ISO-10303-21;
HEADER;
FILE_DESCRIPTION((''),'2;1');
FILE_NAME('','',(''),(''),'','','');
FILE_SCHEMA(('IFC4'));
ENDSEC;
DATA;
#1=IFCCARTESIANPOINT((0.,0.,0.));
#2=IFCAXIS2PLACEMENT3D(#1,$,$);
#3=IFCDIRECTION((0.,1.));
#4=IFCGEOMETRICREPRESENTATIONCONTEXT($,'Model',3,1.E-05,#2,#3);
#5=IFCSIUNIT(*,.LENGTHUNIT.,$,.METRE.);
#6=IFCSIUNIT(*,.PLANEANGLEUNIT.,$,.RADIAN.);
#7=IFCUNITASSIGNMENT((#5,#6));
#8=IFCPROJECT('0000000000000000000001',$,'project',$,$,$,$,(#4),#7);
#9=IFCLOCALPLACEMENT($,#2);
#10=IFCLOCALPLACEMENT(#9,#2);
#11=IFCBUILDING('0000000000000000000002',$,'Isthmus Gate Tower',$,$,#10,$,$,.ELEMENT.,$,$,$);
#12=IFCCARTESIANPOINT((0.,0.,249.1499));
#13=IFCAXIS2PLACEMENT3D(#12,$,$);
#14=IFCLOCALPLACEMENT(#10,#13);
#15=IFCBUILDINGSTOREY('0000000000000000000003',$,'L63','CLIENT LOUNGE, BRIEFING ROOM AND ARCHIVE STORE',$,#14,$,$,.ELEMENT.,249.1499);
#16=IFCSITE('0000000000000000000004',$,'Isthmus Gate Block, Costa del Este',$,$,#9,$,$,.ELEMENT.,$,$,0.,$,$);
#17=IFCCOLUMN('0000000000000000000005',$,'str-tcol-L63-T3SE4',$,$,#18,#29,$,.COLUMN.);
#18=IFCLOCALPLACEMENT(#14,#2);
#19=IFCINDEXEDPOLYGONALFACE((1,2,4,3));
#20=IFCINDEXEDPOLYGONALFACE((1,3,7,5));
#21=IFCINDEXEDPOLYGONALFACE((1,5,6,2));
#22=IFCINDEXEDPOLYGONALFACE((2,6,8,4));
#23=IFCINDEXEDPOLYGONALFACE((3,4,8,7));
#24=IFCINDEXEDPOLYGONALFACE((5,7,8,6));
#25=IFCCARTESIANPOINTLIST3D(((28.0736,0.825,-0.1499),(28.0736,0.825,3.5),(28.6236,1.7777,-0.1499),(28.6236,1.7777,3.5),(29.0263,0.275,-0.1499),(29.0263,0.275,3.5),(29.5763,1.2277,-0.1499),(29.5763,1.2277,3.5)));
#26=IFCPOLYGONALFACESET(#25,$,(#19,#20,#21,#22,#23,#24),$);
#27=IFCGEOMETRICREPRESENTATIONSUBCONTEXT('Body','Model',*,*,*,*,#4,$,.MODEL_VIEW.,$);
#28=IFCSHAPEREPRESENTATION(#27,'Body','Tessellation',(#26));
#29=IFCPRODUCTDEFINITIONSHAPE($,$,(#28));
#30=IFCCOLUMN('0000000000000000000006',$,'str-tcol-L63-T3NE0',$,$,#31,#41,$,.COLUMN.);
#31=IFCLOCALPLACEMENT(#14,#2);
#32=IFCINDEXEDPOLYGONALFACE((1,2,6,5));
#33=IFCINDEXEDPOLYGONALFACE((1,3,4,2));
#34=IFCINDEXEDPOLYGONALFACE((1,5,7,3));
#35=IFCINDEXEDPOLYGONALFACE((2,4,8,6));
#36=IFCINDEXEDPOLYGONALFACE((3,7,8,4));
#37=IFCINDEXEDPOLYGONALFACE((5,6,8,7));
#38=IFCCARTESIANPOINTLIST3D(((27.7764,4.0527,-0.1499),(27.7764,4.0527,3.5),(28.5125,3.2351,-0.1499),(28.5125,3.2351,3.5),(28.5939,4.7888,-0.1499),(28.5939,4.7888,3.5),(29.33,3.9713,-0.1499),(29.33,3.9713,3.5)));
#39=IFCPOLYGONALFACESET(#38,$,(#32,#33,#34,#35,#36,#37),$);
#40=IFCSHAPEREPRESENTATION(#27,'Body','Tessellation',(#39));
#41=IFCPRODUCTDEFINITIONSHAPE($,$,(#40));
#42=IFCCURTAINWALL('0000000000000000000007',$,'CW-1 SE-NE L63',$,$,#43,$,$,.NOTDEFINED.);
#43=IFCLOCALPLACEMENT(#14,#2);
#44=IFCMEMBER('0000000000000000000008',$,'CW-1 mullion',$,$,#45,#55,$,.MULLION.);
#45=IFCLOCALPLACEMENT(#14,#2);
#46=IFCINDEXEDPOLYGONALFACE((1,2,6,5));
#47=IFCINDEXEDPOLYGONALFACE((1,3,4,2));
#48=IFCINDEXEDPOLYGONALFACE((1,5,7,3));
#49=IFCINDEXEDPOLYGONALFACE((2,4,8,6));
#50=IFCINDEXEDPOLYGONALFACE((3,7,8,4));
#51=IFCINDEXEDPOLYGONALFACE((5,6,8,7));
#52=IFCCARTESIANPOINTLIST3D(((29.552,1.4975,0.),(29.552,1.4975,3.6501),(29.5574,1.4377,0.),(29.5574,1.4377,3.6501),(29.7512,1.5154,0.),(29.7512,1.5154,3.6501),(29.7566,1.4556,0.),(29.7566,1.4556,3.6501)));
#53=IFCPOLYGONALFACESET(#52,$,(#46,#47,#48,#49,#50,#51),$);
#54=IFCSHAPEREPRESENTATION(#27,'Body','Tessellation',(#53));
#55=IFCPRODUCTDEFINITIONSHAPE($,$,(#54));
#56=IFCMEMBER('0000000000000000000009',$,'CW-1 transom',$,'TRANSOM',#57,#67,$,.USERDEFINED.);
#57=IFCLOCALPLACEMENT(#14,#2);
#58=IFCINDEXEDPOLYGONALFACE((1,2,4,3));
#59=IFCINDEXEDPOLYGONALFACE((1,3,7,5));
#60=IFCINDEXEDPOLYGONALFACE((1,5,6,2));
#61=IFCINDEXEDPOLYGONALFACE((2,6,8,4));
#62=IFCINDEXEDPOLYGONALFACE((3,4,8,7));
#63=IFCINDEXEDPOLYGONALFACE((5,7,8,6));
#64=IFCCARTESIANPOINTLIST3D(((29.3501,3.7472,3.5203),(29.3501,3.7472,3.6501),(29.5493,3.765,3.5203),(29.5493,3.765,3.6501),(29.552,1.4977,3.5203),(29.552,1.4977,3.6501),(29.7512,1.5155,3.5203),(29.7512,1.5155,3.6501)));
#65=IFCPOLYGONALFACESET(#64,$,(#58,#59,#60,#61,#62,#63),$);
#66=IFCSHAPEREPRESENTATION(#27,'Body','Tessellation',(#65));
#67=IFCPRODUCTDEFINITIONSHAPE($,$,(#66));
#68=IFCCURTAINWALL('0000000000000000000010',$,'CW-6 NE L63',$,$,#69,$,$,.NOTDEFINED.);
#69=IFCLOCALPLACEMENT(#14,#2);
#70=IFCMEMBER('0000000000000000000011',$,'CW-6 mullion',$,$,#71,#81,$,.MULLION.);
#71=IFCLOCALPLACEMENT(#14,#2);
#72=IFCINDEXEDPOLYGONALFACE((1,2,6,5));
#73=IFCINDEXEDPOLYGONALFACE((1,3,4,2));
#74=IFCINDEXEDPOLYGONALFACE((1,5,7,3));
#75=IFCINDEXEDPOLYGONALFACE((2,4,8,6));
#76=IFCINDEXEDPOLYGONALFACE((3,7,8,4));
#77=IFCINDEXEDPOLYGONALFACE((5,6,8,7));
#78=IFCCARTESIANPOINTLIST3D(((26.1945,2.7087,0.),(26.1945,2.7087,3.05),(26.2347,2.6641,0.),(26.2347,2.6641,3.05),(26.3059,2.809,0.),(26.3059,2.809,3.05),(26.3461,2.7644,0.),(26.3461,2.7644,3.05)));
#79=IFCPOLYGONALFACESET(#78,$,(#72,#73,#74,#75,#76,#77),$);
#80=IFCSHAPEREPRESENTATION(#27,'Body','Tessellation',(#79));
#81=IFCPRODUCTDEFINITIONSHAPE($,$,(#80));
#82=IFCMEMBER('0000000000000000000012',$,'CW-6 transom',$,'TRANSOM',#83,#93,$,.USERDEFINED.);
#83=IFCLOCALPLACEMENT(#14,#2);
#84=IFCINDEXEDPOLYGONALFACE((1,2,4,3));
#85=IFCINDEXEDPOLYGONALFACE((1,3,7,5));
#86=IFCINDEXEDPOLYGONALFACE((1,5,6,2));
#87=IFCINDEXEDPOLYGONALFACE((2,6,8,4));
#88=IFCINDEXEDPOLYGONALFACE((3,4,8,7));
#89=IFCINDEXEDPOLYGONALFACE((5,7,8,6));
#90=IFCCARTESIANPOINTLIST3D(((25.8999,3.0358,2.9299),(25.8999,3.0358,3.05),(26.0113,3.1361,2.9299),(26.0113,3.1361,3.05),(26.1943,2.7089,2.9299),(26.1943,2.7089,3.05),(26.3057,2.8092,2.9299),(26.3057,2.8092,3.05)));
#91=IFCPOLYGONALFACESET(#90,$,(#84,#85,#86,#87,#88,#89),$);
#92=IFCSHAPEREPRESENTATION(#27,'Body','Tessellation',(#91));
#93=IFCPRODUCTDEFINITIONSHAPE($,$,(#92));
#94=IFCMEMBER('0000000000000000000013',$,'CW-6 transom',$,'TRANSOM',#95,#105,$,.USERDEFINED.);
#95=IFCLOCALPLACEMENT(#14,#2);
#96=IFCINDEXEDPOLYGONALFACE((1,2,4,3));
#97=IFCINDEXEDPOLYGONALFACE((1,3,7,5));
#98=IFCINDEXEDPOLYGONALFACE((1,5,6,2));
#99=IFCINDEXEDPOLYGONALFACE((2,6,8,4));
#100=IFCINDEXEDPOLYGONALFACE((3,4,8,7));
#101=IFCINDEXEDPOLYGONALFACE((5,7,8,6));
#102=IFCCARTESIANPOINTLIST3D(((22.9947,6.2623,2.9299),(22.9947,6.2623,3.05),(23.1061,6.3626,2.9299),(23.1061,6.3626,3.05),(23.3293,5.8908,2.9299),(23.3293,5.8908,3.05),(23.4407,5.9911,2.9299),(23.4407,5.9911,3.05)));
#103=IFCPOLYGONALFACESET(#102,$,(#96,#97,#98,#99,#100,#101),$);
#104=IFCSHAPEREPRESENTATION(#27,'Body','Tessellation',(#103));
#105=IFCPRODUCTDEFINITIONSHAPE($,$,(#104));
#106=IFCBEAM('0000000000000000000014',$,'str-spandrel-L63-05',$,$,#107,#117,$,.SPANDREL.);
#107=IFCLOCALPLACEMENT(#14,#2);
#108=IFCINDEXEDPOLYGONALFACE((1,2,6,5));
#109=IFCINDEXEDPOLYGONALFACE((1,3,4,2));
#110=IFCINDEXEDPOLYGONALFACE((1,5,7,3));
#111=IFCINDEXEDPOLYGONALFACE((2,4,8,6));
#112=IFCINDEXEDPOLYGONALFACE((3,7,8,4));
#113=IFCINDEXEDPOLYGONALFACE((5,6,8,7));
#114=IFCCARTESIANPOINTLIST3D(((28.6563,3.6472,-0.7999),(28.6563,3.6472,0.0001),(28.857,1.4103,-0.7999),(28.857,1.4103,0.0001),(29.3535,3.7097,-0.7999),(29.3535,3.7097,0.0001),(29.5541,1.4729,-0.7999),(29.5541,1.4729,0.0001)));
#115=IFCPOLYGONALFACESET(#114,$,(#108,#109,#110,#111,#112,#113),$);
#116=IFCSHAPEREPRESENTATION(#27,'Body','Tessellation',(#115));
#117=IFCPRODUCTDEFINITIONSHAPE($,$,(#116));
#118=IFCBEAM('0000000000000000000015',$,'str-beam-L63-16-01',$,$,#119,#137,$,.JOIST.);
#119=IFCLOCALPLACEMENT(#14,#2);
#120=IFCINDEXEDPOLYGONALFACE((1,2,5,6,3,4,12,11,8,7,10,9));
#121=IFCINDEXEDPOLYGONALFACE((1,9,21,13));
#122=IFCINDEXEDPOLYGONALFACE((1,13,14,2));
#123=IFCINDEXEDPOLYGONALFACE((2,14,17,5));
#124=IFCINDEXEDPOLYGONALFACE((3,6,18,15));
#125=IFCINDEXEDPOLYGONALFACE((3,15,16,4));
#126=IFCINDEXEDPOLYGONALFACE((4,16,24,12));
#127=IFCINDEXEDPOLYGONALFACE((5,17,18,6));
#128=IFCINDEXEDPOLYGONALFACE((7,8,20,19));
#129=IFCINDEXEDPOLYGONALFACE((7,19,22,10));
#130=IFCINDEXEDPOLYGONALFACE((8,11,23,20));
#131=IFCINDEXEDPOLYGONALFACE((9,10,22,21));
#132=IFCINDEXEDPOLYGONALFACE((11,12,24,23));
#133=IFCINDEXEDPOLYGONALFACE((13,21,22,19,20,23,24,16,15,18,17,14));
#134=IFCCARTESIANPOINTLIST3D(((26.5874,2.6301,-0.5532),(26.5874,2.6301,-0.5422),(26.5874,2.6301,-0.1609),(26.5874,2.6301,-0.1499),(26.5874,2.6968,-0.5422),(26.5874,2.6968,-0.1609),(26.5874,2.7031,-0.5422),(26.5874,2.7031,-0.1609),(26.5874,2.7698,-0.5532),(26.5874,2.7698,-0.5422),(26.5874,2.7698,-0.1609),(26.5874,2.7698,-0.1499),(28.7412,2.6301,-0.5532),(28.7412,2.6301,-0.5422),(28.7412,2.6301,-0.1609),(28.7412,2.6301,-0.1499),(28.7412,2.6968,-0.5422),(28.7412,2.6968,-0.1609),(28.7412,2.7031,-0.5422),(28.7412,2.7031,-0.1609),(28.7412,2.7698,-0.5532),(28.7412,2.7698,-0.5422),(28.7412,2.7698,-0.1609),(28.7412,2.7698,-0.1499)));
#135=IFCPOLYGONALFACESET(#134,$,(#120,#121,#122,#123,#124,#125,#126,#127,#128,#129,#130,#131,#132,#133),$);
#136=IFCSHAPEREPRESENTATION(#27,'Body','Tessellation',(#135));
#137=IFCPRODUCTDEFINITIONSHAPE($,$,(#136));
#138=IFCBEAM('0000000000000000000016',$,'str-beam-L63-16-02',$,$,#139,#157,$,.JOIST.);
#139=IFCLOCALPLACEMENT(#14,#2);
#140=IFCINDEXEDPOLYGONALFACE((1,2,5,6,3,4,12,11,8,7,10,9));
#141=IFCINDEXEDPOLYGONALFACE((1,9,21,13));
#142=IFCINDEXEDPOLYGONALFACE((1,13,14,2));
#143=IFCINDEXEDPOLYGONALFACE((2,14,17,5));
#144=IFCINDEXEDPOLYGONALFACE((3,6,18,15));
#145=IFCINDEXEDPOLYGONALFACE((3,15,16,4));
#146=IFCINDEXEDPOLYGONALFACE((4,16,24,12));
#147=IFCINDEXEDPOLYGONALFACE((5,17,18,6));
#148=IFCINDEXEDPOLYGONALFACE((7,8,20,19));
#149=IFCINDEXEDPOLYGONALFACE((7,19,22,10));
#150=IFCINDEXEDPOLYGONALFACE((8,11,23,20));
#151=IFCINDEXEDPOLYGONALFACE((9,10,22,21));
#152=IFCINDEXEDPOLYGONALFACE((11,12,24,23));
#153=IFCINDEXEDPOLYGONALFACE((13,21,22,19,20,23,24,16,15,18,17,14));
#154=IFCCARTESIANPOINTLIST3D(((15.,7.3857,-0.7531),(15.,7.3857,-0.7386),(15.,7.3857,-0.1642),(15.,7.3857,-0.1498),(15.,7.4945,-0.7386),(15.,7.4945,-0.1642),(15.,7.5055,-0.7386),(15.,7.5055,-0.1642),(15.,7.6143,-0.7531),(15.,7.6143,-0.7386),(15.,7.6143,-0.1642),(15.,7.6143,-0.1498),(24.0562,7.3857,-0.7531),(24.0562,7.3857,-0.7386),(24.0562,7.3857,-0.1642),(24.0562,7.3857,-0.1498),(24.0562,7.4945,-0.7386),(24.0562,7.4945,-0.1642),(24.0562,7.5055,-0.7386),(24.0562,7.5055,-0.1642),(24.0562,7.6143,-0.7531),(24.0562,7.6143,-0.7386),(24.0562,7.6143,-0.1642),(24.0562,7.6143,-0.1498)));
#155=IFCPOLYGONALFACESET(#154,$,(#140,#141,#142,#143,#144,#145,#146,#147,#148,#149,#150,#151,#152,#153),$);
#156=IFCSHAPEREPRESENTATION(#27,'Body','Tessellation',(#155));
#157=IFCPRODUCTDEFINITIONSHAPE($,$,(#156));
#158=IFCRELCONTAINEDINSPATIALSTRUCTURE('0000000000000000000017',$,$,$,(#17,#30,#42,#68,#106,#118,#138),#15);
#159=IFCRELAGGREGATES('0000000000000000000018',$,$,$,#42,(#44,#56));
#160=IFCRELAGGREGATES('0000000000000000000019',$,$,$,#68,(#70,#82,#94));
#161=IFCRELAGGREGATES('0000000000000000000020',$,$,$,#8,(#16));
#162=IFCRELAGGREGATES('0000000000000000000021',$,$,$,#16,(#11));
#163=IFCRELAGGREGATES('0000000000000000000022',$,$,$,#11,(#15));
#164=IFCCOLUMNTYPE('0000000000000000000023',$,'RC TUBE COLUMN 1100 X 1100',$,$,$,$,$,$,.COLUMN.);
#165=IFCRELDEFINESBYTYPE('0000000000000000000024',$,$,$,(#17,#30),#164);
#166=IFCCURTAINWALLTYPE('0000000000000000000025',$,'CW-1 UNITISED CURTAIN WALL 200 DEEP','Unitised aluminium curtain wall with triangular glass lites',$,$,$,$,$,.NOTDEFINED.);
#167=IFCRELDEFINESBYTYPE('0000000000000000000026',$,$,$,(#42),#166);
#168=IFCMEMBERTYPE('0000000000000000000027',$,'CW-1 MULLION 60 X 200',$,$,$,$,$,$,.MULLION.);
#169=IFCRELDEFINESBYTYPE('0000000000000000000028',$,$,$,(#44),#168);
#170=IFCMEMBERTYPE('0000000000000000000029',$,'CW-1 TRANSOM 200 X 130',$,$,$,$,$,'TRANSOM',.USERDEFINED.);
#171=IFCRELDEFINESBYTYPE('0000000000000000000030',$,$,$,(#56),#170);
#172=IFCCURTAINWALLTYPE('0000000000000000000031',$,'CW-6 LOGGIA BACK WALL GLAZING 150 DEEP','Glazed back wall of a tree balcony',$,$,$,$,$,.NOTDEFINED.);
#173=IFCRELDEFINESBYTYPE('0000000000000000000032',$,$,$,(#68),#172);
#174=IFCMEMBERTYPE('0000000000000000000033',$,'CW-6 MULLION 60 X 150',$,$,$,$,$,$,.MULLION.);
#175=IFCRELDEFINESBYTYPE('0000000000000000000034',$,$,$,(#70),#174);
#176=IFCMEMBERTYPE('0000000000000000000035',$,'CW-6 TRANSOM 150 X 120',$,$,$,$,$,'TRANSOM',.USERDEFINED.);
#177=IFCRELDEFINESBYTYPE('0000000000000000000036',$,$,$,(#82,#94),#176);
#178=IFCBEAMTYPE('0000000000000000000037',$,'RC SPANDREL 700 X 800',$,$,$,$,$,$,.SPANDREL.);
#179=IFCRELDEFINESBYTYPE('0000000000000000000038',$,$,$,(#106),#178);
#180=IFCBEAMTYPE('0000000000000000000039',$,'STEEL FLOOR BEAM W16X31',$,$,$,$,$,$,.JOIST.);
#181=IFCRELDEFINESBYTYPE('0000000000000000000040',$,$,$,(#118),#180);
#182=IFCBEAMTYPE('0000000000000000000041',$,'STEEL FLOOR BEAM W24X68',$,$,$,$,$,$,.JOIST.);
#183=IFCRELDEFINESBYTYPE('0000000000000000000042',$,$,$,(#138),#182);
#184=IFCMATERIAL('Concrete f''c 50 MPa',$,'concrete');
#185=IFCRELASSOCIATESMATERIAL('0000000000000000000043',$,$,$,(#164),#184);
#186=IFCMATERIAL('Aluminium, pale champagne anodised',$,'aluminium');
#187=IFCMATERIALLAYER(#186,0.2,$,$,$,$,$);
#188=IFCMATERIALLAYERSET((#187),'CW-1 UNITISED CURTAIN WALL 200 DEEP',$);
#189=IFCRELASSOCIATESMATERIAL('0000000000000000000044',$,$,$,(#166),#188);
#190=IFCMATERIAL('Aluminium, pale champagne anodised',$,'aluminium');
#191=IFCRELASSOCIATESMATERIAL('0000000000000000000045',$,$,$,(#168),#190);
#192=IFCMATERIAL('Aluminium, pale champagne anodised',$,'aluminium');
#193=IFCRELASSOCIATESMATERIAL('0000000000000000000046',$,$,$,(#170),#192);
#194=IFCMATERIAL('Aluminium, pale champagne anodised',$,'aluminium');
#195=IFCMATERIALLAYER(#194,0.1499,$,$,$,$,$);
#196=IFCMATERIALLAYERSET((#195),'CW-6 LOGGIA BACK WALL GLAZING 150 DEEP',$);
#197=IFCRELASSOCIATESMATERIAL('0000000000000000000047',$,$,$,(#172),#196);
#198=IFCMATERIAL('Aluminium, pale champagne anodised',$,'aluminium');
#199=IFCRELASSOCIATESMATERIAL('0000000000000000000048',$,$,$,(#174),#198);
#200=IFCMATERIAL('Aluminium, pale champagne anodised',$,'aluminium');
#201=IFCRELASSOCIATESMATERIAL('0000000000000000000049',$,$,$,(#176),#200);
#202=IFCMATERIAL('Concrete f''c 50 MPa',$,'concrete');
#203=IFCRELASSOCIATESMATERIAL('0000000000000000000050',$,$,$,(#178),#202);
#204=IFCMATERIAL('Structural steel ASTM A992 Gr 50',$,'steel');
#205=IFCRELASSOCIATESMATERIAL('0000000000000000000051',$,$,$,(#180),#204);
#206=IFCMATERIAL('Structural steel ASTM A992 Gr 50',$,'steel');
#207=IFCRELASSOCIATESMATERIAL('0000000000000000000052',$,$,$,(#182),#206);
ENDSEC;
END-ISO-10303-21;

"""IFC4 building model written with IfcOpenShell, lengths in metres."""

from ifc_helpers import new_model, si_unit, direction, frame, origin, origin_2d, place, context, subcontext, project, spatial, rectangle, i_section, extrude, material, layer, layer_set, material_profile, profile_set, type_object, element, aggregate, save


model = new_model("IFC4")

# Units and contexts
model_context = context("Model", 3, precision=1e-05, world=origin(), true_north=direction((0.0, 1.0)))
body_context = subcontext(model_context, "Body", "Model", "MODEL_VIEW")
ifc_project = project(units=[si_unit("LENGTHUNIT", "METRE"), si_unit("PLANEANGLEUNIT", "RADIAN")], contexts=[model_context])

# Site, building, storey
site_placement = place(None, origin())
site = spatial("IfcSite", under=ifc_project, at=site_placement, Name="Isthmus Gate Block, Costa del Este", CompositionType="ELEMENT", RefElevation=0.0)
building_placement = place(site_placement, origin())
building = spatial("IfcBuilding", under=site, at=building_placement, Name="Isthmus Gate Tower", CompositionType="ELEMENT")
storey_placement = place(building_placement, frame((0.0, 0.0, 249.1499)))
storey = spatial("IfcBuildingStorey", under=building, at=storey_placement, Name="L63", Description="CLIENT LOUNGE, BRIEFING ROOM AND ARCHIVE STORE", CompositionType="ELEMENT", Elevation=249.1499)

# Columns
ifc_material_1 = material(Name="Concrete f'c 50 MPa", Category="concrete")
ifc_material_profile_1 = material_profile(ifc_material_1, rectangle(XDim=1.1001, YDim=1.1001, at=origin_2d()), Name="RC 1100X1100")
ifc_profile_set_1 = profile_set([ifc_material_profile_1], Name="Concrete f'c 50 MPa")
column_type = type_object("IfcColumnType", Name="RC TUBE COLUMN 1100 X 1100", PredefinedType="COLUMN", material=ifc_profile_set_1)
for number, where, z_axis, x_axis, name in (
    (1, (28.825, 1.0264, -0.1499), (0.0, 0.0, 1.0), (0.5, 0.866025, 0.0), "str-tcol-L63-T3SE4"),
    (2, (28.5532, 4.012, -0.1499), (0.0, 0.0, 1.0), (-0.669131, 0.743145, 0.0), "str-tcol-L63-T3NE0"),
):
    element("IfcColumn", number, at=place(storey_placement, frame(where, z_axis=z_axis, x_axis=x_axis)), inside=storey, type_object=column_type, Name=name, PredefinedType="COLUMN", context=body_context, shape_type="SweptSolid", body=[
        extrude(rectangle(XDim=1.1001, YDim=1.1001, at=origin_2d()), origin(), (0.0, 0.0, 1.0), 3.6499),
    ])

# Curtain walls, members
ifc_material_2 = material(Name="Aluminium, pale champagne anodised", Category="aluminium")
ifc_layer_1 = layer(ifc_material_2, 0.2)
ifc_layer_set_1 = layer_set([ifc_layer_1], Name="CW-1 UNITISED CURTAIN WALL 200 DEEP")
curtain_wall_type_1 = type_object("IfcCurtainWallType", Name="CW-1 UNITISED CURTAIN WALL 200 DEEP", Description="Unitised aluminium curtain wall with triangular glass lites", PredefinedType="NOTDEFINED", material=ifc_layer_set_1)
curtain_wall_1_placement = place(storey_placement, origin())
curtain_wall_1 = element("IfcCurtainWall", 3, at=curtain_wall_1_placement, inside=storey, type_object=curtain_wall_type_1, Name="CW-1 SE-NE L63", PredefinedType="NOTDEFINED")
ifc_material_3 = material(Name="Aluminium, pale champagne anodised", Category="aluminium")
ifc_material_profile_2 = material_profile(ifc_material_3, rectangle(XDim=0.0601, YDim=0.2, at=origin_2d()), Name="60x200")
ifc_profile_set_2 = profile_set([ifc_material_profile_2], Name="Aluminium, pale champagne anodised")
member_type_1 = type_object("IfcMemberType", Name="CW-1 MULLION 60 X 200", PredefinedType="MULLION", material=ifc_profile_set_2)
member_1_placement = place(storey_placement, frame((29.6543, 1.4766, 0.0), z_axis=(0.0, 0.0, 1.0), x_axis=(-0.089397, 0.995996, 0.0)))
member_1 = element("IfcMember", 4, at=member_1_placement, type_object=member_type_1, Name="CW-1 mullion", PredefinedType="MULLION", context=body_context, shape_type="SweptSolid", body=[
    extrude(rectangle(XDim=0.0601, YDim=0.2, at=origin_2d()), origin(), (0.0, 0.0, 1.0), 3.6501),
])
ifc_material_4 = material(Name="Aluminium, pale champagne anodised", Category="aluminium")
ifc_material_profile_3 = material_profile(ifc_material_4, rectangle(XDim=0.2, YDim=0.1299, at=origin_2d()), Name="200x130")
ifc_profile_set_3 = profile_set([ifc_material_profile_3], Name="Aluminium, pale champagne anodised")
member_type_2 = type_object("IfcMemberType", Name="CW-1 TRANSOM 200 X 130", ElementType="TRANSOM", PredefinedType="USERDEFINED", material=ifc_profile_set_3)
member_2_placement = place(storey_placement, frame((29.6516, 1.5066, 3.5852), z_axis=(-0.089395, 0.995996, 0.0), x_axis=(-0.995996, -0.089395, 0.0)))
member_2 = element("IfcMember", 5, at=member_2_placement, type_object=member_type_2, Name="CW-1 transom", ObjectType="TRANSOM", PredefinedType="USERDEFINED", context=body_context, shape_type="SweptSolid", body=[
    extrude(rectangle(XDim=0.2, YDim=0.1299, at=origin_2d()), origin(), (0.0, 0.0, 1.0), 2.2585),
])
ifc_material_5 = material(Name="Aluminium, pale champagne anodised", Category="aluminium")
ifc_layer_2 = layer(ifc_material_5, 0.1499)
ifc_layer_set_2 = layer_set([ifc_layer_2], Name="CW-6 LOGGIA BACK WALL GLAZING 150 DEEP")
curtain_wall_type_2 = type_object("IfcCurtainWallType", Name="CW-6 LOGGIA BACK WALL GLAZING 150 DEEP", Description="Glazed back wall of a tree balcony", PredefinedType="NOTDEFINED", material=ifc_layer_set_2)
curtain_wall_2_placement = place(storey_placement, origin())
curtain_wall_2 = element("IfcCurtainWall", 6, at=curtain_wall_2_placement, inside=storey, type_object=curtain_wall_type_2, Name="CW-6 NE L63", PredefinedType="NOTDEFINED")
ifc_material_6 = material(Name="Aluminium, pale champagne anodised", Category="aluminium")
ifc_material_profile_4 = material_profile(ifc_material_6, rectangle(XDim=0.0601, YDim=0.1499, at=origin_2d()), Name="60x150")
ifc_profile_set_4 = profile_set([ifc_material_profile_4], Name="Aluminium, pale champagne anodised")
member_type_3 = type_object("IfcMemberType", Name="CW-6 MULLION 60 X 150", PredefinedType="MULLION", material=ifc_profile_set_4)
member_3_placement = place(storey_placement, frame((26.2703, 2.7366, 0.0), z_axis=(0.0, 0.0, 1.0), x_axis=(-0.669131, 0.743145, 0.0)))
member_3 = element("IfcMember", 7, at=member_3_placement, type_object=member_type_3, Name="CW-6 mullion", PredefinedType="MULLION", context=body_context, shape_type="SweptSolid", body=[
    extrude(rectangle(XDim=0.0601, YDim=0.1499, at=origin_2d()), origin(), (0.0, 0.0, 1.0), 3.05),
])
ifc_material_7 = material(Name="Aluminium, pale champagne anodised", Category="aluminium")
ifc_material_profile_5 = material_profile(ifc_material_7, rectangle(XDim=0.1499, YDim=0.1201, at=origin_2d()), Name="150x120")
ifc_profile_set_5 = profile_set([ifc_material_profile_5], Name="Aluminium, pale champagne anodised")
member_type_4 = type_object("IfcMemberType", Name="CW-6 TRANSOM 150 X 120", ElementType="TRANSOM", PredefinedType="USERDEFINED", material=ifc_profile_set_5)
member_4_placement = place(storey_placement, frame((26.25, 2.759, 2.99), z_axis=(-0.669241, 0.743046, 0.0), x_axis=(-0.743046, -0.669241, 0.0)))
member_4 = element("IfcMember", 8, at=member_4_placement, type_object=member_type_4, Name="CW-6 transom", ObjectType="TRANSOM", PredefinedType="USERDEFINED", context=body_context, shape_type="SweptSolid", body=[
    extrude(rectangle(XDim=0.1499, YDim=0.1201, at=origin_2d()), origin(), (0.0, 0.0, 1.0), 0.4399),
])
member_5_placement = place(storey_placement, frame((23.385, 5.9409, 2.99), z_axis=(-0.669288, 0.743003, 0.0), x_axis=(-0.743003, -0.669288, 0.0)))
member_5 = element("IfcMember", 9, at=member_5_placement, type_object=member_type_4, Name="CW-6 transom", ObjectType="TRANSOM", PredefinedType="USERDEFINED", context=body_context, shape_type="SweptSolid", body=[
    extrude(rectangle(XDim=0.1499, YDim=0.1201, at=origin_2d()), origin(), (0.0, 0.0, 1.0), 0.5),
])

# Beams
ifc_material_8 = material(Name="Concrete f'c 50 MPa", Category="concrete")
ifc_material_profile_6 = material_profile(ifc_material_8, rectangle(XDim=0.7, YDim=0.8, at=origin_2d()), Name="RC 700X800")
ifc_profile_set_6 = profile_set([ifc_material_profile_6], Name="Concrete f'c 50 MPa")
beam_type_1 = type_object("IfcBeamType", Name="RC SPANDREL 700 X 800", PredefinedType="SPANDREL", material=ifc_profile_set_6)
beam_1_placement = place(storey_placement, frame((29.0049, 3.6785, -0.3999), z_axis=(0.089359, -0.995999, 0.0), x_axis=(0.995999, 0.089359, 0.0)))
element("IfcBeam", 10, at=beam_1_placement, inside=storey, type_object=beam_type_1, Name="str-spandrel-L63-05", PredefinedType="SPANDREL", context=body_context, shape_type="SweptSolid", body=[
    extrude(rectangle(XDim=0.7, YDim=0.8, at=origin_2d()), origin(), (0.0, 0.0, 1.0), 2.2458),
])
ifc_material_9 = material(Name="Structural steel ASTM A992 Gr 50", Category="steel")
ifc_material_profile_7 = material_profile(ifc_material_9, i_section(OverallWidth=0.1396, OverallDepth=0.4033, WebThickness=0.0063, FlangeThickness=0.011, at=origin_2d()), Name="W16X31")
ifc_profile_set_7 = profile_set([ifc_material_profile_7], Name="Structural steel ASTM A992 Gr 50")
beam_type_2 = type_object("IfcBeamType", Name="STEEL FLOOR BEAM W16X31", PredefinedType="JOIST", material=ifc_profile_set_7)
beam_2_placement = place(storey_placement, frame((26.5874, 2.7, -0.3516), z_axis=(1.0, 0.0, 0.0), x_axis=(0.0, 1.0, 0.0)))
element("IfcBeam", 11, at=beam_2_placement, inside=storey, type_object=beam_type_2, Name="str-beam-L63-16-01", PredefinedType="JOIST", context=body_context, shape_type="SweptSolid", body=[
    extrude(i_section(OverallWidth=0.1396, OverallDepth=0.4033, WebThickness=0.0063, FlangeThickness=0.011, at=origin_2d()), origin(), (0.0, 0.0, 1.0), 2.1538),
])
ifc_material_10 = material(Name="Structural steel ASTM A992 Gr 50", Category="steel")
ifc_material_profile_8 = material_profile(ifc_material_10, i_section(OverallWidth=0.2285, OverallDepth=0.6033, WebThickness=0.011, FlangeThickness=0.0144, at=origin_2d()), Name="W24X68")
ifc_profile_set_8 = profile_set([ifc_material_profile_8], Name="Structural steel ASTM A992 Gr 50")
beam_type_3 = type_object("IfcBeamType", Name="STEEL FLOOR BEAM W24X68", PredefinedType="JOIST", material=ifc_profile_set_8)
beam_3_placement = place(storey_placement, frame((15.0, 7.5, -0.4514), z_axis=(1.0, 0.0, 0.0), x_axis=(0.0, 1.0, 0.0)))
element("IfcBeam", 12, at=beam_3_placement, inside=storey, type_object=beam_type_3, Name="str-beam-L63-16-02", PredefinedType="JOIST", context=body_context, shape_type="SweptSolid", body=[
    extrude(i_section(OverallWidth=0.2285, OverallDepth=0.6033, WebThickness=0.011, FlangeThickness=0.0144, at=origin_2d()), origin(), (0.0, 0.0, 1.0), 9.0562),
])

aggregate(curtain_wall_1, [member_1, member_2])
aggregate(curtain_wall_2, [member_3, member_4, member_5])

save(model, "model.ifc")
